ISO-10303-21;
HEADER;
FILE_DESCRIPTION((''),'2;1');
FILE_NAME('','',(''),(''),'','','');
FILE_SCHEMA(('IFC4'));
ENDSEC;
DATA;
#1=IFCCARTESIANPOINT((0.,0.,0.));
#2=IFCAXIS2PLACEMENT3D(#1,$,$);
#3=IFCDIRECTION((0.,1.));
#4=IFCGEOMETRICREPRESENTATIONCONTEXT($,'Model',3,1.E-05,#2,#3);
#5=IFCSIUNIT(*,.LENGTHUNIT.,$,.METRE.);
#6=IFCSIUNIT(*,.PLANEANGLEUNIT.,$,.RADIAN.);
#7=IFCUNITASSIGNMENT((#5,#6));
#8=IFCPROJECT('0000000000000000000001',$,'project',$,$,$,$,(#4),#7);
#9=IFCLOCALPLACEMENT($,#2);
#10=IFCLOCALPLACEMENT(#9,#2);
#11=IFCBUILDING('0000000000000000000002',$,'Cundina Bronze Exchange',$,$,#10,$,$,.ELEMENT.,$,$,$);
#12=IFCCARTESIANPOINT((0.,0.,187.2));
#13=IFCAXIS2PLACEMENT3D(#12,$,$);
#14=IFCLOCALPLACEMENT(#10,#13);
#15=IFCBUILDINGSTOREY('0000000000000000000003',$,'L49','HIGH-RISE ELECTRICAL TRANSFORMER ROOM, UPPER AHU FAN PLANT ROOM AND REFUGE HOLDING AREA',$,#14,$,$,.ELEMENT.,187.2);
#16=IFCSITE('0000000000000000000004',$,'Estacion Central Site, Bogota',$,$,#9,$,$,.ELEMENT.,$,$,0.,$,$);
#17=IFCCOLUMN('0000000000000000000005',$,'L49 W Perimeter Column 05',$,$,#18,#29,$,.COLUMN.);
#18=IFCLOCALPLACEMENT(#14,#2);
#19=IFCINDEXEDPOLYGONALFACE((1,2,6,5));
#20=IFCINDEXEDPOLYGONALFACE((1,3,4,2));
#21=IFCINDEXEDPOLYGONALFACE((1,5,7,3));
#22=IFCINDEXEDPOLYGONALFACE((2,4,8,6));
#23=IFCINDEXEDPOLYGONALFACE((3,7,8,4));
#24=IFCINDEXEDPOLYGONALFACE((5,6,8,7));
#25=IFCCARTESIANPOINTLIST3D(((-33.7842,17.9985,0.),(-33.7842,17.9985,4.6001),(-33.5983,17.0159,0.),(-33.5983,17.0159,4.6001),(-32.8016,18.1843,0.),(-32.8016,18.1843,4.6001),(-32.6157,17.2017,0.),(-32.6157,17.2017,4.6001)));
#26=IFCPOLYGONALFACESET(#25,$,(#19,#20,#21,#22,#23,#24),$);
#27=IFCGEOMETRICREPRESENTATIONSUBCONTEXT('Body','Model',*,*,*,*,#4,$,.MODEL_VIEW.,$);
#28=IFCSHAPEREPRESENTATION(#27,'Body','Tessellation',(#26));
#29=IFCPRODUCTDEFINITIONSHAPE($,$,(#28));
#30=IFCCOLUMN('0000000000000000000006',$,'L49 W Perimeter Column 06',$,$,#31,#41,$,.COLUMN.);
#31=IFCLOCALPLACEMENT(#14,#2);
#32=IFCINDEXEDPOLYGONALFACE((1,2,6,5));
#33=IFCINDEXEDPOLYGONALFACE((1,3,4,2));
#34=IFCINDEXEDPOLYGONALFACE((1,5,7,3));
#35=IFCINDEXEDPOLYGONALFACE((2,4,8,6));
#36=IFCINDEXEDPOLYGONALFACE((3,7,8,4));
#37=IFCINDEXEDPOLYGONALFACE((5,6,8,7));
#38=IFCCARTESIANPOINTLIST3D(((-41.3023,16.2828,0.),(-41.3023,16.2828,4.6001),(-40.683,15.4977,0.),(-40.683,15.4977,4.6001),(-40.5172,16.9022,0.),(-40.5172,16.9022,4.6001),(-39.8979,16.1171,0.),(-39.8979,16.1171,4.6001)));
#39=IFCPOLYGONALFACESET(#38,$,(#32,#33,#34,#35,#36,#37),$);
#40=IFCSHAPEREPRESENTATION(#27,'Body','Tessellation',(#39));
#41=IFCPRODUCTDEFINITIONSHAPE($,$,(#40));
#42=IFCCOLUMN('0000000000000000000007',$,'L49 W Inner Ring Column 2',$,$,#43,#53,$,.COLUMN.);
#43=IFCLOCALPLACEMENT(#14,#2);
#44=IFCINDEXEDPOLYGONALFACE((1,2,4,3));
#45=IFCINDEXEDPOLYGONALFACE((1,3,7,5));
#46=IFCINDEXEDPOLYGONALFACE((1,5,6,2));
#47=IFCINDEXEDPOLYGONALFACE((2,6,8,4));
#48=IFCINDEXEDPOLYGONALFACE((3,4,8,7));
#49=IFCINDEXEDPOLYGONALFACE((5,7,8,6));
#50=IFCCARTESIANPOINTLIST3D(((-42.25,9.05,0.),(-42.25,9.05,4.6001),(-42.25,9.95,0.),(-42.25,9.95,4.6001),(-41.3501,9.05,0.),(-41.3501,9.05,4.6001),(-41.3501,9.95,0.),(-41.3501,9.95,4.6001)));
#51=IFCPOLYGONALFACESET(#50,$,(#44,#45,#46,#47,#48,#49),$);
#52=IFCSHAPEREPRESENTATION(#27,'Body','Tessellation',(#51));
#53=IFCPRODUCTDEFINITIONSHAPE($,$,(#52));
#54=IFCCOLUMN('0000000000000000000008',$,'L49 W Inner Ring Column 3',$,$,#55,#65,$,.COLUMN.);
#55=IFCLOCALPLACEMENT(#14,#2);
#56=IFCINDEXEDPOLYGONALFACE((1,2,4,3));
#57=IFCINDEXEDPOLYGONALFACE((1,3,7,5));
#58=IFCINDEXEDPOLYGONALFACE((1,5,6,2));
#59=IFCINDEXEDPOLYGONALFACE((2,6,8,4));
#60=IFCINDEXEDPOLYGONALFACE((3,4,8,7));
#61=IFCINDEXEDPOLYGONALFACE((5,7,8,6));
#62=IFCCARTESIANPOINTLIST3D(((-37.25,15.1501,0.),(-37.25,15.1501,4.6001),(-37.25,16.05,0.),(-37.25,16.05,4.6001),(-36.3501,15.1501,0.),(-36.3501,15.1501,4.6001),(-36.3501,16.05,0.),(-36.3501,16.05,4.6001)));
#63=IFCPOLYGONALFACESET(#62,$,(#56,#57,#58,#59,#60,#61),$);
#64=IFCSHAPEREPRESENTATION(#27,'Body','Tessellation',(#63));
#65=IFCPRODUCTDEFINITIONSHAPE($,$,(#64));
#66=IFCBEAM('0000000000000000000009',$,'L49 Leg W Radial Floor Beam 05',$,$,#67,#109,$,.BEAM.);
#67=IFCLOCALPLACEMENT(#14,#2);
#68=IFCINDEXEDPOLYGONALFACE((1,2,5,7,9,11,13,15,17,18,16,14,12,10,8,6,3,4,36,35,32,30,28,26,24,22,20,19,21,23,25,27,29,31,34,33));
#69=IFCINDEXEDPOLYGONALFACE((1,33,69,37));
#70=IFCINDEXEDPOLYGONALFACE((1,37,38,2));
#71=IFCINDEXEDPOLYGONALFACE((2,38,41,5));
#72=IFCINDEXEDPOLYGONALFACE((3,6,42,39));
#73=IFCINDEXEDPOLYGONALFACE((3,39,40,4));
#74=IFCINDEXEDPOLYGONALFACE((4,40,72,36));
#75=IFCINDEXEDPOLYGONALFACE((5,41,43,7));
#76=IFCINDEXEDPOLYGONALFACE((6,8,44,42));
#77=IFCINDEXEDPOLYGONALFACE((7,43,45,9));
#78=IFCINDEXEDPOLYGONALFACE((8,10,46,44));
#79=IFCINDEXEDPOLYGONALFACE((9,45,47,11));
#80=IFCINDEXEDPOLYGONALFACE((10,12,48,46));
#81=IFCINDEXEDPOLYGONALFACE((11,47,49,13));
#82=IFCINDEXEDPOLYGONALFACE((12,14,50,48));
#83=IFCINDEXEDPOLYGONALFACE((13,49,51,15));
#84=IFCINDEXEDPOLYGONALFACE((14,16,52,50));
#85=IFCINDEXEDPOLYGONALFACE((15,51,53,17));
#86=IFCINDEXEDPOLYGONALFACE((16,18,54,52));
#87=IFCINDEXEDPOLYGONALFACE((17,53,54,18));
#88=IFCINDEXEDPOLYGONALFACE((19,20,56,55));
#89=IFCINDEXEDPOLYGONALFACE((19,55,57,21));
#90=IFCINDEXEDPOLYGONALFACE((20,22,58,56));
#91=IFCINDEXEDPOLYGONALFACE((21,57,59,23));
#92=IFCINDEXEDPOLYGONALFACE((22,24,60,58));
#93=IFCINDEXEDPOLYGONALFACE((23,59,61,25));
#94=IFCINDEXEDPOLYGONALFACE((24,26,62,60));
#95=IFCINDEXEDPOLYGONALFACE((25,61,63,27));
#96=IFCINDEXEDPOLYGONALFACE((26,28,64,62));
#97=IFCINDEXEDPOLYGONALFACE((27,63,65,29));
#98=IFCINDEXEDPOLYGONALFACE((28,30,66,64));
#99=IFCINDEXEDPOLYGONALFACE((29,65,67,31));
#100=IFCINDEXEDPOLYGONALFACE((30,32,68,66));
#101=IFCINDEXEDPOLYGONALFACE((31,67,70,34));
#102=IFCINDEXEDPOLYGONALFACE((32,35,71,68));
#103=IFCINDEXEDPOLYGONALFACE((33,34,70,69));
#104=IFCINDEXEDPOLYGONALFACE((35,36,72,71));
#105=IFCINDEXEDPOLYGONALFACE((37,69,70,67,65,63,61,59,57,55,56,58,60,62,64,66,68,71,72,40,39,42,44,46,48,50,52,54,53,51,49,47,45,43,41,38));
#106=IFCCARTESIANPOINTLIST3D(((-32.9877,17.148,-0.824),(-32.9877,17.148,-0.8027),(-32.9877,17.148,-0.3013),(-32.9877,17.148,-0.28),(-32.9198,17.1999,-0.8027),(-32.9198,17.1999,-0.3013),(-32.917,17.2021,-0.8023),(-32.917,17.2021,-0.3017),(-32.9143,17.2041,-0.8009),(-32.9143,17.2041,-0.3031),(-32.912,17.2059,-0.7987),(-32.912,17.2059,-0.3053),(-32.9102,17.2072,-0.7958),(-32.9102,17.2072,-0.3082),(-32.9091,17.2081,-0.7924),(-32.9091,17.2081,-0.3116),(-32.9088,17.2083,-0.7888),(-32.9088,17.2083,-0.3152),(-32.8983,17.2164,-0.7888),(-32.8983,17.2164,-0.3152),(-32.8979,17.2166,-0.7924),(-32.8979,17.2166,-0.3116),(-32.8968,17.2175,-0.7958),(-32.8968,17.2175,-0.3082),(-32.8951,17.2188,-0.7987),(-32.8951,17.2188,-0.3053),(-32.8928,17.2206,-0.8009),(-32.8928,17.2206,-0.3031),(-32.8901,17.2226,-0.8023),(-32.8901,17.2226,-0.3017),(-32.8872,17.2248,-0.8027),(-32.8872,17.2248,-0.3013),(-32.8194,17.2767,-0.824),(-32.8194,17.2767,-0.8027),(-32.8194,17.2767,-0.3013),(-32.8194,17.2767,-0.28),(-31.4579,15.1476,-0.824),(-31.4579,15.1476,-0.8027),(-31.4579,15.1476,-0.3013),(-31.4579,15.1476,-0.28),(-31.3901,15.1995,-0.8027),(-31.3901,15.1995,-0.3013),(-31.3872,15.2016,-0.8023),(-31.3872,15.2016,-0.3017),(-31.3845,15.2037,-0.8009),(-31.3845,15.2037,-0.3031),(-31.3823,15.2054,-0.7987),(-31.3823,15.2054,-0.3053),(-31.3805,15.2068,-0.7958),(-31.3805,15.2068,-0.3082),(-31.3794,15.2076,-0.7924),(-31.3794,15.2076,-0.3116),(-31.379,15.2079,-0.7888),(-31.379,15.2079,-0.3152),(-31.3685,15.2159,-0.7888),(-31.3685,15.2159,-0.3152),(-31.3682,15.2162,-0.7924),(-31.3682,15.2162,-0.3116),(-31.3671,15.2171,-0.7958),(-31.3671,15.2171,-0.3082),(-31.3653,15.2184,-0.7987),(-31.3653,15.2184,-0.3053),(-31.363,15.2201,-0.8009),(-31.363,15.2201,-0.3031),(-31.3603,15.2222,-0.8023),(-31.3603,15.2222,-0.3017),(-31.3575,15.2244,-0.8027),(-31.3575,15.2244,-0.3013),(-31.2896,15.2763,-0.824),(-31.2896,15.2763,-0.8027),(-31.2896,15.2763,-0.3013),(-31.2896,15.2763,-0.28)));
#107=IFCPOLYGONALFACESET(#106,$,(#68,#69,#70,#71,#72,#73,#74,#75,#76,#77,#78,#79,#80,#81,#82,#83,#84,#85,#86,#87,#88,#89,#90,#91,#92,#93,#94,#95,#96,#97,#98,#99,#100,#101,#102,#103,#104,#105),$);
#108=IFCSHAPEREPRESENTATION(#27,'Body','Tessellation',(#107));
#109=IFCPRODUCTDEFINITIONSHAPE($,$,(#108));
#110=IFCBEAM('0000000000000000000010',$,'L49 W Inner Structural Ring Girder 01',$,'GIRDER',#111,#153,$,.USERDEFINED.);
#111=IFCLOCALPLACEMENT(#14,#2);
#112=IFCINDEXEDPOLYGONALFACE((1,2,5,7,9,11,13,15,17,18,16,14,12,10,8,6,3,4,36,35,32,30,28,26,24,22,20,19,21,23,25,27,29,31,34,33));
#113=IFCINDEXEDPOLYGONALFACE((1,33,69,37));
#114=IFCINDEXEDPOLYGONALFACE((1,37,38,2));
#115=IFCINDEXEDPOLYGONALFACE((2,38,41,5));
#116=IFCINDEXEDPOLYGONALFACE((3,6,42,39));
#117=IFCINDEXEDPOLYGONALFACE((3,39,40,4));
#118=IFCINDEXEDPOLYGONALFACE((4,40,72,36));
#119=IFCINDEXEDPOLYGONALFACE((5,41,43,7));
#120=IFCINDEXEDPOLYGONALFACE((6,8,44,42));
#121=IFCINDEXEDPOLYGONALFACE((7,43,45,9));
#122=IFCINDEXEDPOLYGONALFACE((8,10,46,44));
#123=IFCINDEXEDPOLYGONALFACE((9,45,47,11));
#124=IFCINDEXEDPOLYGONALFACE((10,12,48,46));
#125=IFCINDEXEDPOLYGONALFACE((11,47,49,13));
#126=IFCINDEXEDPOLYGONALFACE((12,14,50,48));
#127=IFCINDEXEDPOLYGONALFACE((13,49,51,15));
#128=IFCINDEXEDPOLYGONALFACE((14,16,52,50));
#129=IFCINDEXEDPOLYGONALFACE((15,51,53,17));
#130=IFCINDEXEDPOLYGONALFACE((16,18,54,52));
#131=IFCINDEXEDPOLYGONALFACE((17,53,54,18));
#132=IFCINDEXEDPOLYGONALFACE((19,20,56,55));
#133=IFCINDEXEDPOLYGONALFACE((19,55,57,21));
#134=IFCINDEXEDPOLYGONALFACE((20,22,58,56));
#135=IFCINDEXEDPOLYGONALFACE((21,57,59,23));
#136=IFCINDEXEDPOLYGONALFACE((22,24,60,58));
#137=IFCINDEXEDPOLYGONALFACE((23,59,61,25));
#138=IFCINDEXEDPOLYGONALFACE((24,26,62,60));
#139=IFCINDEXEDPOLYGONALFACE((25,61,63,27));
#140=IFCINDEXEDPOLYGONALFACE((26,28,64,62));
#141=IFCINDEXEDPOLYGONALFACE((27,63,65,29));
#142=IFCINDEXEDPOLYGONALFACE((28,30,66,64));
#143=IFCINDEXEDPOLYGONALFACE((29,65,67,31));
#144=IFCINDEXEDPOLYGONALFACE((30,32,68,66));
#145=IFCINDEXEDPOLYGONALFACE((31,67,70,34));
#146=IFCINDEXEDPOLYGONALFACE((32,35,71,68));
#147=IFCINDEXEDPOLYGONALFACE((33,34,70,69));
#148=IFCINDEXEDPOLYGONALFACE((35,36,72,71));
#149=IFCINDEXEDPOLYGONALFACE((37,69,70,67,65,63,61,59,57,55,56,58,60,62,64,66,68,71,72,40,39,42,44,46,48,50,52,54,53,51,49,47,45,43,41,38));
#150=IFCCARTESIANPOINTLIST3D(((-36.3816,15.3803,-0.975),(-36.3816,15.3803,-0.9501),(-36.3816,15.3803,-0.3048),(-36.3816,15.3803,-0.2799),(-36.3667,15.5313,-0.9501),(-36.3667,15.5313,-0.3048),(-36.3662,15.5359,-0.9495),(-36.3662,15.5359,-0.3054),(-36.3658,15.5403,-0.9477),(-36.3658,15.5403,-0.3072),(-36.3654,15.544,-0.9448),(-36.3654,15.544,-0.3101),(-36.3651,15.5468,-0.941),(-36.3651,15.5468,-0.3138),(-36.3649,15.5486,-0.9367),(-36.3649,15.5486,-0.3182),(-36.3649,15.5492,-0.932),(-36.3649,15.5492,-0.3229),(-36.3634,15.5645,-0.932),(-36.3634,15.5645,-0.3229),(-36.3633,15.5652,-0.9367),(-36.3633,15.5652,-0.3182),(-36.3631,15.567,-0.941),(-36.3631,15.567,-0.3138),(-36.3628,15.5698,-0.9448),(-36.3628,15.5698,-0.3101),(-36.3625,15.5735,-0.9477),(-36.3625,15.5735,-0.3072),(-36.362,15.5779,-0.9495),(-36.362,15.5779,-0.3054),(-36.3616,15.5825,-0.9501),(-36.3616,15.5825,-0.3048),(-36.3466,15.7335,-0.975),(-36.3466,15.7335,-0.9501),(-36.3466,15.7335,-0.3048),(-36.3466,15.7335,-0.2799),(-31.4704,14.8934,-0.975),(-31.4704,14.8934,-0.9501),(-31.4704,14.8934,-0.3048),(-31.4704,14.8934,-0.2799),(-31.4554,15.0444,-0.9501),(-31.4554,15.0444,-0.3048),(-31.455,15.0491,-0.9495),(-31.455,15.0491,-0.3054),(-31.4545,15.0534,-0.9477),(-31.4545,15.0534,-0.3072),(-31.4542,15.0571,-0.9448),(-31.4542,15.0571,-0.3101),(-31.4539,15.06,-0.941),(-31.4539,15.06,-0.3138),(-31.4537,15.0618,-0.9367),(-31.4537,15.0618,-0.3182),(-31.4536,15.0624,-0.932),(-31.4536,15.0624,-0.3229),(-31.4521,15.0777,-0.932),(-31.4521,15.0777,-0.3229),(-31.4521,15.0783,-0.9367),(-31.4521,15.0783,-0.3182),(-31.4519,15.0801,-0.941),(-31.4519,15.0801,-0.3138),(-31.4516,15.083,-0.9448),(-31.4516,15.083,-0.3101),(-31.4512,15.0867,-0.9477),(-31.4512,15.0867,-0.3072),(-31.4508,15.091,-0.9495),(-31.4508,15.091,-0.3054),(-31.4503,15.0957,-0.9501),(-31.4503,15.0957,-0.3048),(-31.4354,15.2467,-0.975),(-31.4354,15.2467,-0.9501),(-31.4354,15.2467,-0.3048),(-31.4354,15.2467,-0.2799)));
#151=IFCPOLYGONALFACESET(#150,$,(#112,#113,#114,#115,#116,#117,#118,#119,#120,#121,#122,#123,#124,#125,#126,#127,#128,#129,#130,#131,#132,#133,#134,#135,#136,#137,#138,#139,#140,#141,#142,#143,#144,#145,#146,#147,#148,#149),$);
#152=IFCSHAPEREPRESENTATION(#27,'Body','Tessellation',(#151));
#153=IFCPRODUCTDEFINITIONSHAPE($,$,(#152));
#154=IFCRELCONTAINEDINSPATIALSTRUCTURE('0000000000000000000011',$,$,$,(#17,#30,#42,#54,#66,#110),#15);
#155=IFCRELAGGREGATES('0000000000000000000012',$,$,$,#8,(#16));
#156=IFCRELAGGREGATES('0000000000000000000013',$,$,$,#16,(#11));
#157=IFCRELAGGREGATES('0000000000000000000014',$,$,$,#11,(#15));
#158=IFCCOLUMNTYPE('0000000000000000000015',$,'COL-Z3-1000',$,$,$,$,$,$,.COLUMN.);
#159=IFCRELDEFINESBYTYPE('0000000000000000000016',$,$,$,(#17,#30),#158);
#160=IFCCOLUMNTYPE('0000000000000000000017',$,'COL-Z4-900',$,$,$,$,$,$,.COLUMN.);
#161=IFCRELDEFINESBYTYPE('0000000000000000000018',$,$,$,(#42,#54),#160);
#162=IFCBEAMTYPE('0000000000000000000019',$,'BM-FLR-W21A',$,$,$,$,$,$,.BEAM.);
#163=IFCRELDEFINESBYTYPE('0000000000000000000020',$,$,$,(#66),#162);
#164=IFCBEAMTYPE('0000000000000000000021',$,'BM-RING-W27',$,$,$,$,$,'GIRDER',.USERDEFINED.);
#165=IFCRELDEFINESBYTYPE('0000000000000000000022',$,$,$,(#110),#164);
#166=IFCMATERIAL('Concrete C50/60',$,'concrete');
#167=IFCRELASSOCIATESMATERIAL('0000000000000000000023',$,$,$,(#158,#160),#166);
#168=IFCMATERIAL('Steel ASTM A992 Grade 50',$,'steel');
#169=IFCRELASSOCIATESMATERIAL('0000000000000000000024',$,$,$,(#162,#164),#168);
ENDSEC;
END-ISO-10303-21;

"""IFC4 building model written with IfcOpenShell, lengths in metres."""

from ifc_helpers import new_model, si_unit, direction, frame, origin, origin_2d, place, context, subcontext, project, spatial, rectangle, i_section, extrude, material, material_profile, profile_set, type_object, element, save


model = new_model("IFC4")

# Units and contexts
model_context = context("Model", 3, precision=1e-05, world=origin(), true_north=direction((0.0, 1.0)))
body_context = subcontext(model_context, "Body", "Model", "MODEL_VIEW")
ifc_project = project(units=[si_unit("LENGTHUNIT", "METRE"), si_unit("PLANEANGLEUNIT", "RADIAN")], contexts=[model_context])

# Site, building, storey
site_placement = place(None, origin())
site = spatial("IfcSite", under=ifc_project, at=site_placement, Name="Estacion Central Site, Bogota", CompositionType="ELEMENT", RefElevation=0.0)
building_placement = place(site_placement, origin())
building = spatial("IfcBuilding", under=site, at=building_placement, Name="Cundina Bronze Exchange", CompositionType="ELEMENT")
storey_placement = place(building_placement, frame((0.0, 0.0, 187.2)))
storey = spatial("IfcBuildingStorey", under=building, at=storey_placement, Name="L49", Description="HIGH-RISE ELECTRICAL TRANSFORMER ROOM, UPPER AHU FAN PLANT ROOM AND REFUGE HOLDING AREA", CompositionType="ELEMENT", Elevation=187.2)

# Columns
ifc_material_1 = material(Name="Concrete C50/60", Category="concrete")
ifc_material_profile_1 = material_profile(ifc_material_1, rectangle(XDim=1.0, YDim=1.0, at=origin_2d()), Name="RC1000X1000", Category="concrete")
ifc_profile_set_1 = profile_set([ifc_material_profile_1], Name="Concrete C50/60")
column_type_1 = type_object("IfcColumnType", Name="COL-Z3-1000", PredefinedType="COLUMN", material=ifc_profile_set_1)
for number, where, z_axis, x_axis, name in (
    (1, (-33.2, 17.6001, 0.0), (0.0, 0.0, 1.0), (-0.98258, -0.185838, 0.0), "L49 W Perimeter Column 05"),
    (2, (-40.6001, 16.2, 0.0), (0.0, 0.0, 1.0), (-0.785101, -0.619368, 0.0), "L49 W Perimeter Column 06"),
):
    element("IfcColumn", number, at=place(storey_placement, frame(where, z_axis=z_axis, x_axis=x_axis)), inside=storey, type_object=column_type_1, Name=name, PredefinedType="COLUMN", context=body_context, shape_type="SweptSolid", body=[
        extrude(rectangle(XDim=1.0, YDim=1.0, at=origin_2d()), origin(), (0.0, 0.0, 1.0), 4.6001),
    ])
ifc_material_profile_2 = material_profile(ifc_material_1, rectangle(XDim=0.8999, YDim=0.8999, at=origin_2d()), Name="RC900X900", Category="concrete")
ifc_profile_set_2 = profile_set([ifc_material_profile_2], Name="Concrete C50/60")
column_type_2 = type_object("IfcColumnType", Name="COL-Z4-900", PredefinedType="COLUMN", material=ifc_profile_set_2)
for number, where, z_axis, x_axis, name in (
    (3, (-41.8, 9.5, 0.0), (0.0, 0.0, 1.0), (1.0, 0.0, 0.0), "L49 W Inner Ring Column 2"),
    (4, (-36.8, 15.6001, 0.0), (0.0, 0.0, 1.0), (1.0, 0.0, 0.0), "L49 W Inner Ring Column 3"),
):
    element("IfcColumn", number, at=place(storey_placement, frame(where, z_axis=z_axis, x_axis=x_axis)), inside=storey, type_object=column_type_2, Name=name, PredefinedType="COLUMN", context=body_context, shape_type="SweptSolid", body=[
        extrude(rectangle(XDim=0.8999, YDim=0.8999, at=origin_2d()), origin(), (0.0, 0.0, 1.0), 4.6001),
    ])

# Beams
ifc_material_2 = material(Name="Steel ASTM A992 Grade 50", Category="steel")
ifc_material_profile_3 = material_profile(ifc_material_2, i_section(OverallWidth=0.2119, OverallDepth=0.5439, WebThickness=0.0132, FlangeThickness=0.0212, FilletRadius=0.0139, at=origin_2d()), Name="W21X83", Category="steel")
ifc_profile_set_3 = profile_set([ifc_material_profile_3], Name="Steel ASTM A992 Grade 50")
beam_type_1 = type_object("IfcBeamType", Name="BM-FLR-W21A", PredefinedType="BEAM", material=ifc_profile_set_3)
beam_1_placement = place(storey_placement, frame((-31.3738, 15.2119, -0.552), z_axis=(-0.60745, 0.794358, 0.0), x_axis=(-0.794358, -0.60745, 0.0)))
element("IfcBeam", 5, at=beam_1_placement, inside=storey, type_object=beam_type_1, Name="L49 Leg W Radial Floor Beam 05", PredefinedType="BEAM", context=body_context, shape_type="SweptSolid", body=[
    extrude(i_section(OverallWidth=0.2119, OverallDepth=0.5439, WebThickness=0.0132, FlangeThickness=0.0212, FilletRadius=0.0139, at=origin_2d()), origin(), (0.0, 0.0, 1.0), 2.5183),
])
ifc_material_profile_4 = material_profile(ifc_material_2, i_section(OverallWidth=0.355, OverallDepth=0.6951, WebThickness=0.0154, FlangeThickness=0.0249, FilletRadius=0.0181, at=origin_2d()), Name="W27X146", Category="steel")
ifc_profile_set_4 = profile_set([ifc_material_profile_4], Name="Steel ASTM A992 Grade 50")
beam_type_2 = type_object("IfcBeamType", Name="BM-RING-W27", ElementType="GIRDER", PredefinedType="USERDEFINED", material=ifc_profile_set_4)
beam_2_placement = place(storey_placement, frame((-31.4529, 15.0701, -0.6274), z_axis=(-0.995123, 0.098642, 0.0), x_axis=(-0.098642, -0.995123, 0.0)))
element("IfcBeam", 6, at=beam_2_placement, inside=storey, type_object=beam_type_2, Name="L49 W Inner Structural Ring Girder 01", ObjectType="GIRDER", PredefinedType="USERDEFINED", context=body_context, shape_type="SweptSolid", body=[
    extrude(i_section(OverallWidth=0.355, OverallDepth=0.6951, WebThickness=0.0154, FlangeThickness=0.0249, FilletRadius=0.0181, at=origin_2d()), origin(), (0.0, 0.0, 1.0), 4.9353),
])

save(model, "model.ifc")
